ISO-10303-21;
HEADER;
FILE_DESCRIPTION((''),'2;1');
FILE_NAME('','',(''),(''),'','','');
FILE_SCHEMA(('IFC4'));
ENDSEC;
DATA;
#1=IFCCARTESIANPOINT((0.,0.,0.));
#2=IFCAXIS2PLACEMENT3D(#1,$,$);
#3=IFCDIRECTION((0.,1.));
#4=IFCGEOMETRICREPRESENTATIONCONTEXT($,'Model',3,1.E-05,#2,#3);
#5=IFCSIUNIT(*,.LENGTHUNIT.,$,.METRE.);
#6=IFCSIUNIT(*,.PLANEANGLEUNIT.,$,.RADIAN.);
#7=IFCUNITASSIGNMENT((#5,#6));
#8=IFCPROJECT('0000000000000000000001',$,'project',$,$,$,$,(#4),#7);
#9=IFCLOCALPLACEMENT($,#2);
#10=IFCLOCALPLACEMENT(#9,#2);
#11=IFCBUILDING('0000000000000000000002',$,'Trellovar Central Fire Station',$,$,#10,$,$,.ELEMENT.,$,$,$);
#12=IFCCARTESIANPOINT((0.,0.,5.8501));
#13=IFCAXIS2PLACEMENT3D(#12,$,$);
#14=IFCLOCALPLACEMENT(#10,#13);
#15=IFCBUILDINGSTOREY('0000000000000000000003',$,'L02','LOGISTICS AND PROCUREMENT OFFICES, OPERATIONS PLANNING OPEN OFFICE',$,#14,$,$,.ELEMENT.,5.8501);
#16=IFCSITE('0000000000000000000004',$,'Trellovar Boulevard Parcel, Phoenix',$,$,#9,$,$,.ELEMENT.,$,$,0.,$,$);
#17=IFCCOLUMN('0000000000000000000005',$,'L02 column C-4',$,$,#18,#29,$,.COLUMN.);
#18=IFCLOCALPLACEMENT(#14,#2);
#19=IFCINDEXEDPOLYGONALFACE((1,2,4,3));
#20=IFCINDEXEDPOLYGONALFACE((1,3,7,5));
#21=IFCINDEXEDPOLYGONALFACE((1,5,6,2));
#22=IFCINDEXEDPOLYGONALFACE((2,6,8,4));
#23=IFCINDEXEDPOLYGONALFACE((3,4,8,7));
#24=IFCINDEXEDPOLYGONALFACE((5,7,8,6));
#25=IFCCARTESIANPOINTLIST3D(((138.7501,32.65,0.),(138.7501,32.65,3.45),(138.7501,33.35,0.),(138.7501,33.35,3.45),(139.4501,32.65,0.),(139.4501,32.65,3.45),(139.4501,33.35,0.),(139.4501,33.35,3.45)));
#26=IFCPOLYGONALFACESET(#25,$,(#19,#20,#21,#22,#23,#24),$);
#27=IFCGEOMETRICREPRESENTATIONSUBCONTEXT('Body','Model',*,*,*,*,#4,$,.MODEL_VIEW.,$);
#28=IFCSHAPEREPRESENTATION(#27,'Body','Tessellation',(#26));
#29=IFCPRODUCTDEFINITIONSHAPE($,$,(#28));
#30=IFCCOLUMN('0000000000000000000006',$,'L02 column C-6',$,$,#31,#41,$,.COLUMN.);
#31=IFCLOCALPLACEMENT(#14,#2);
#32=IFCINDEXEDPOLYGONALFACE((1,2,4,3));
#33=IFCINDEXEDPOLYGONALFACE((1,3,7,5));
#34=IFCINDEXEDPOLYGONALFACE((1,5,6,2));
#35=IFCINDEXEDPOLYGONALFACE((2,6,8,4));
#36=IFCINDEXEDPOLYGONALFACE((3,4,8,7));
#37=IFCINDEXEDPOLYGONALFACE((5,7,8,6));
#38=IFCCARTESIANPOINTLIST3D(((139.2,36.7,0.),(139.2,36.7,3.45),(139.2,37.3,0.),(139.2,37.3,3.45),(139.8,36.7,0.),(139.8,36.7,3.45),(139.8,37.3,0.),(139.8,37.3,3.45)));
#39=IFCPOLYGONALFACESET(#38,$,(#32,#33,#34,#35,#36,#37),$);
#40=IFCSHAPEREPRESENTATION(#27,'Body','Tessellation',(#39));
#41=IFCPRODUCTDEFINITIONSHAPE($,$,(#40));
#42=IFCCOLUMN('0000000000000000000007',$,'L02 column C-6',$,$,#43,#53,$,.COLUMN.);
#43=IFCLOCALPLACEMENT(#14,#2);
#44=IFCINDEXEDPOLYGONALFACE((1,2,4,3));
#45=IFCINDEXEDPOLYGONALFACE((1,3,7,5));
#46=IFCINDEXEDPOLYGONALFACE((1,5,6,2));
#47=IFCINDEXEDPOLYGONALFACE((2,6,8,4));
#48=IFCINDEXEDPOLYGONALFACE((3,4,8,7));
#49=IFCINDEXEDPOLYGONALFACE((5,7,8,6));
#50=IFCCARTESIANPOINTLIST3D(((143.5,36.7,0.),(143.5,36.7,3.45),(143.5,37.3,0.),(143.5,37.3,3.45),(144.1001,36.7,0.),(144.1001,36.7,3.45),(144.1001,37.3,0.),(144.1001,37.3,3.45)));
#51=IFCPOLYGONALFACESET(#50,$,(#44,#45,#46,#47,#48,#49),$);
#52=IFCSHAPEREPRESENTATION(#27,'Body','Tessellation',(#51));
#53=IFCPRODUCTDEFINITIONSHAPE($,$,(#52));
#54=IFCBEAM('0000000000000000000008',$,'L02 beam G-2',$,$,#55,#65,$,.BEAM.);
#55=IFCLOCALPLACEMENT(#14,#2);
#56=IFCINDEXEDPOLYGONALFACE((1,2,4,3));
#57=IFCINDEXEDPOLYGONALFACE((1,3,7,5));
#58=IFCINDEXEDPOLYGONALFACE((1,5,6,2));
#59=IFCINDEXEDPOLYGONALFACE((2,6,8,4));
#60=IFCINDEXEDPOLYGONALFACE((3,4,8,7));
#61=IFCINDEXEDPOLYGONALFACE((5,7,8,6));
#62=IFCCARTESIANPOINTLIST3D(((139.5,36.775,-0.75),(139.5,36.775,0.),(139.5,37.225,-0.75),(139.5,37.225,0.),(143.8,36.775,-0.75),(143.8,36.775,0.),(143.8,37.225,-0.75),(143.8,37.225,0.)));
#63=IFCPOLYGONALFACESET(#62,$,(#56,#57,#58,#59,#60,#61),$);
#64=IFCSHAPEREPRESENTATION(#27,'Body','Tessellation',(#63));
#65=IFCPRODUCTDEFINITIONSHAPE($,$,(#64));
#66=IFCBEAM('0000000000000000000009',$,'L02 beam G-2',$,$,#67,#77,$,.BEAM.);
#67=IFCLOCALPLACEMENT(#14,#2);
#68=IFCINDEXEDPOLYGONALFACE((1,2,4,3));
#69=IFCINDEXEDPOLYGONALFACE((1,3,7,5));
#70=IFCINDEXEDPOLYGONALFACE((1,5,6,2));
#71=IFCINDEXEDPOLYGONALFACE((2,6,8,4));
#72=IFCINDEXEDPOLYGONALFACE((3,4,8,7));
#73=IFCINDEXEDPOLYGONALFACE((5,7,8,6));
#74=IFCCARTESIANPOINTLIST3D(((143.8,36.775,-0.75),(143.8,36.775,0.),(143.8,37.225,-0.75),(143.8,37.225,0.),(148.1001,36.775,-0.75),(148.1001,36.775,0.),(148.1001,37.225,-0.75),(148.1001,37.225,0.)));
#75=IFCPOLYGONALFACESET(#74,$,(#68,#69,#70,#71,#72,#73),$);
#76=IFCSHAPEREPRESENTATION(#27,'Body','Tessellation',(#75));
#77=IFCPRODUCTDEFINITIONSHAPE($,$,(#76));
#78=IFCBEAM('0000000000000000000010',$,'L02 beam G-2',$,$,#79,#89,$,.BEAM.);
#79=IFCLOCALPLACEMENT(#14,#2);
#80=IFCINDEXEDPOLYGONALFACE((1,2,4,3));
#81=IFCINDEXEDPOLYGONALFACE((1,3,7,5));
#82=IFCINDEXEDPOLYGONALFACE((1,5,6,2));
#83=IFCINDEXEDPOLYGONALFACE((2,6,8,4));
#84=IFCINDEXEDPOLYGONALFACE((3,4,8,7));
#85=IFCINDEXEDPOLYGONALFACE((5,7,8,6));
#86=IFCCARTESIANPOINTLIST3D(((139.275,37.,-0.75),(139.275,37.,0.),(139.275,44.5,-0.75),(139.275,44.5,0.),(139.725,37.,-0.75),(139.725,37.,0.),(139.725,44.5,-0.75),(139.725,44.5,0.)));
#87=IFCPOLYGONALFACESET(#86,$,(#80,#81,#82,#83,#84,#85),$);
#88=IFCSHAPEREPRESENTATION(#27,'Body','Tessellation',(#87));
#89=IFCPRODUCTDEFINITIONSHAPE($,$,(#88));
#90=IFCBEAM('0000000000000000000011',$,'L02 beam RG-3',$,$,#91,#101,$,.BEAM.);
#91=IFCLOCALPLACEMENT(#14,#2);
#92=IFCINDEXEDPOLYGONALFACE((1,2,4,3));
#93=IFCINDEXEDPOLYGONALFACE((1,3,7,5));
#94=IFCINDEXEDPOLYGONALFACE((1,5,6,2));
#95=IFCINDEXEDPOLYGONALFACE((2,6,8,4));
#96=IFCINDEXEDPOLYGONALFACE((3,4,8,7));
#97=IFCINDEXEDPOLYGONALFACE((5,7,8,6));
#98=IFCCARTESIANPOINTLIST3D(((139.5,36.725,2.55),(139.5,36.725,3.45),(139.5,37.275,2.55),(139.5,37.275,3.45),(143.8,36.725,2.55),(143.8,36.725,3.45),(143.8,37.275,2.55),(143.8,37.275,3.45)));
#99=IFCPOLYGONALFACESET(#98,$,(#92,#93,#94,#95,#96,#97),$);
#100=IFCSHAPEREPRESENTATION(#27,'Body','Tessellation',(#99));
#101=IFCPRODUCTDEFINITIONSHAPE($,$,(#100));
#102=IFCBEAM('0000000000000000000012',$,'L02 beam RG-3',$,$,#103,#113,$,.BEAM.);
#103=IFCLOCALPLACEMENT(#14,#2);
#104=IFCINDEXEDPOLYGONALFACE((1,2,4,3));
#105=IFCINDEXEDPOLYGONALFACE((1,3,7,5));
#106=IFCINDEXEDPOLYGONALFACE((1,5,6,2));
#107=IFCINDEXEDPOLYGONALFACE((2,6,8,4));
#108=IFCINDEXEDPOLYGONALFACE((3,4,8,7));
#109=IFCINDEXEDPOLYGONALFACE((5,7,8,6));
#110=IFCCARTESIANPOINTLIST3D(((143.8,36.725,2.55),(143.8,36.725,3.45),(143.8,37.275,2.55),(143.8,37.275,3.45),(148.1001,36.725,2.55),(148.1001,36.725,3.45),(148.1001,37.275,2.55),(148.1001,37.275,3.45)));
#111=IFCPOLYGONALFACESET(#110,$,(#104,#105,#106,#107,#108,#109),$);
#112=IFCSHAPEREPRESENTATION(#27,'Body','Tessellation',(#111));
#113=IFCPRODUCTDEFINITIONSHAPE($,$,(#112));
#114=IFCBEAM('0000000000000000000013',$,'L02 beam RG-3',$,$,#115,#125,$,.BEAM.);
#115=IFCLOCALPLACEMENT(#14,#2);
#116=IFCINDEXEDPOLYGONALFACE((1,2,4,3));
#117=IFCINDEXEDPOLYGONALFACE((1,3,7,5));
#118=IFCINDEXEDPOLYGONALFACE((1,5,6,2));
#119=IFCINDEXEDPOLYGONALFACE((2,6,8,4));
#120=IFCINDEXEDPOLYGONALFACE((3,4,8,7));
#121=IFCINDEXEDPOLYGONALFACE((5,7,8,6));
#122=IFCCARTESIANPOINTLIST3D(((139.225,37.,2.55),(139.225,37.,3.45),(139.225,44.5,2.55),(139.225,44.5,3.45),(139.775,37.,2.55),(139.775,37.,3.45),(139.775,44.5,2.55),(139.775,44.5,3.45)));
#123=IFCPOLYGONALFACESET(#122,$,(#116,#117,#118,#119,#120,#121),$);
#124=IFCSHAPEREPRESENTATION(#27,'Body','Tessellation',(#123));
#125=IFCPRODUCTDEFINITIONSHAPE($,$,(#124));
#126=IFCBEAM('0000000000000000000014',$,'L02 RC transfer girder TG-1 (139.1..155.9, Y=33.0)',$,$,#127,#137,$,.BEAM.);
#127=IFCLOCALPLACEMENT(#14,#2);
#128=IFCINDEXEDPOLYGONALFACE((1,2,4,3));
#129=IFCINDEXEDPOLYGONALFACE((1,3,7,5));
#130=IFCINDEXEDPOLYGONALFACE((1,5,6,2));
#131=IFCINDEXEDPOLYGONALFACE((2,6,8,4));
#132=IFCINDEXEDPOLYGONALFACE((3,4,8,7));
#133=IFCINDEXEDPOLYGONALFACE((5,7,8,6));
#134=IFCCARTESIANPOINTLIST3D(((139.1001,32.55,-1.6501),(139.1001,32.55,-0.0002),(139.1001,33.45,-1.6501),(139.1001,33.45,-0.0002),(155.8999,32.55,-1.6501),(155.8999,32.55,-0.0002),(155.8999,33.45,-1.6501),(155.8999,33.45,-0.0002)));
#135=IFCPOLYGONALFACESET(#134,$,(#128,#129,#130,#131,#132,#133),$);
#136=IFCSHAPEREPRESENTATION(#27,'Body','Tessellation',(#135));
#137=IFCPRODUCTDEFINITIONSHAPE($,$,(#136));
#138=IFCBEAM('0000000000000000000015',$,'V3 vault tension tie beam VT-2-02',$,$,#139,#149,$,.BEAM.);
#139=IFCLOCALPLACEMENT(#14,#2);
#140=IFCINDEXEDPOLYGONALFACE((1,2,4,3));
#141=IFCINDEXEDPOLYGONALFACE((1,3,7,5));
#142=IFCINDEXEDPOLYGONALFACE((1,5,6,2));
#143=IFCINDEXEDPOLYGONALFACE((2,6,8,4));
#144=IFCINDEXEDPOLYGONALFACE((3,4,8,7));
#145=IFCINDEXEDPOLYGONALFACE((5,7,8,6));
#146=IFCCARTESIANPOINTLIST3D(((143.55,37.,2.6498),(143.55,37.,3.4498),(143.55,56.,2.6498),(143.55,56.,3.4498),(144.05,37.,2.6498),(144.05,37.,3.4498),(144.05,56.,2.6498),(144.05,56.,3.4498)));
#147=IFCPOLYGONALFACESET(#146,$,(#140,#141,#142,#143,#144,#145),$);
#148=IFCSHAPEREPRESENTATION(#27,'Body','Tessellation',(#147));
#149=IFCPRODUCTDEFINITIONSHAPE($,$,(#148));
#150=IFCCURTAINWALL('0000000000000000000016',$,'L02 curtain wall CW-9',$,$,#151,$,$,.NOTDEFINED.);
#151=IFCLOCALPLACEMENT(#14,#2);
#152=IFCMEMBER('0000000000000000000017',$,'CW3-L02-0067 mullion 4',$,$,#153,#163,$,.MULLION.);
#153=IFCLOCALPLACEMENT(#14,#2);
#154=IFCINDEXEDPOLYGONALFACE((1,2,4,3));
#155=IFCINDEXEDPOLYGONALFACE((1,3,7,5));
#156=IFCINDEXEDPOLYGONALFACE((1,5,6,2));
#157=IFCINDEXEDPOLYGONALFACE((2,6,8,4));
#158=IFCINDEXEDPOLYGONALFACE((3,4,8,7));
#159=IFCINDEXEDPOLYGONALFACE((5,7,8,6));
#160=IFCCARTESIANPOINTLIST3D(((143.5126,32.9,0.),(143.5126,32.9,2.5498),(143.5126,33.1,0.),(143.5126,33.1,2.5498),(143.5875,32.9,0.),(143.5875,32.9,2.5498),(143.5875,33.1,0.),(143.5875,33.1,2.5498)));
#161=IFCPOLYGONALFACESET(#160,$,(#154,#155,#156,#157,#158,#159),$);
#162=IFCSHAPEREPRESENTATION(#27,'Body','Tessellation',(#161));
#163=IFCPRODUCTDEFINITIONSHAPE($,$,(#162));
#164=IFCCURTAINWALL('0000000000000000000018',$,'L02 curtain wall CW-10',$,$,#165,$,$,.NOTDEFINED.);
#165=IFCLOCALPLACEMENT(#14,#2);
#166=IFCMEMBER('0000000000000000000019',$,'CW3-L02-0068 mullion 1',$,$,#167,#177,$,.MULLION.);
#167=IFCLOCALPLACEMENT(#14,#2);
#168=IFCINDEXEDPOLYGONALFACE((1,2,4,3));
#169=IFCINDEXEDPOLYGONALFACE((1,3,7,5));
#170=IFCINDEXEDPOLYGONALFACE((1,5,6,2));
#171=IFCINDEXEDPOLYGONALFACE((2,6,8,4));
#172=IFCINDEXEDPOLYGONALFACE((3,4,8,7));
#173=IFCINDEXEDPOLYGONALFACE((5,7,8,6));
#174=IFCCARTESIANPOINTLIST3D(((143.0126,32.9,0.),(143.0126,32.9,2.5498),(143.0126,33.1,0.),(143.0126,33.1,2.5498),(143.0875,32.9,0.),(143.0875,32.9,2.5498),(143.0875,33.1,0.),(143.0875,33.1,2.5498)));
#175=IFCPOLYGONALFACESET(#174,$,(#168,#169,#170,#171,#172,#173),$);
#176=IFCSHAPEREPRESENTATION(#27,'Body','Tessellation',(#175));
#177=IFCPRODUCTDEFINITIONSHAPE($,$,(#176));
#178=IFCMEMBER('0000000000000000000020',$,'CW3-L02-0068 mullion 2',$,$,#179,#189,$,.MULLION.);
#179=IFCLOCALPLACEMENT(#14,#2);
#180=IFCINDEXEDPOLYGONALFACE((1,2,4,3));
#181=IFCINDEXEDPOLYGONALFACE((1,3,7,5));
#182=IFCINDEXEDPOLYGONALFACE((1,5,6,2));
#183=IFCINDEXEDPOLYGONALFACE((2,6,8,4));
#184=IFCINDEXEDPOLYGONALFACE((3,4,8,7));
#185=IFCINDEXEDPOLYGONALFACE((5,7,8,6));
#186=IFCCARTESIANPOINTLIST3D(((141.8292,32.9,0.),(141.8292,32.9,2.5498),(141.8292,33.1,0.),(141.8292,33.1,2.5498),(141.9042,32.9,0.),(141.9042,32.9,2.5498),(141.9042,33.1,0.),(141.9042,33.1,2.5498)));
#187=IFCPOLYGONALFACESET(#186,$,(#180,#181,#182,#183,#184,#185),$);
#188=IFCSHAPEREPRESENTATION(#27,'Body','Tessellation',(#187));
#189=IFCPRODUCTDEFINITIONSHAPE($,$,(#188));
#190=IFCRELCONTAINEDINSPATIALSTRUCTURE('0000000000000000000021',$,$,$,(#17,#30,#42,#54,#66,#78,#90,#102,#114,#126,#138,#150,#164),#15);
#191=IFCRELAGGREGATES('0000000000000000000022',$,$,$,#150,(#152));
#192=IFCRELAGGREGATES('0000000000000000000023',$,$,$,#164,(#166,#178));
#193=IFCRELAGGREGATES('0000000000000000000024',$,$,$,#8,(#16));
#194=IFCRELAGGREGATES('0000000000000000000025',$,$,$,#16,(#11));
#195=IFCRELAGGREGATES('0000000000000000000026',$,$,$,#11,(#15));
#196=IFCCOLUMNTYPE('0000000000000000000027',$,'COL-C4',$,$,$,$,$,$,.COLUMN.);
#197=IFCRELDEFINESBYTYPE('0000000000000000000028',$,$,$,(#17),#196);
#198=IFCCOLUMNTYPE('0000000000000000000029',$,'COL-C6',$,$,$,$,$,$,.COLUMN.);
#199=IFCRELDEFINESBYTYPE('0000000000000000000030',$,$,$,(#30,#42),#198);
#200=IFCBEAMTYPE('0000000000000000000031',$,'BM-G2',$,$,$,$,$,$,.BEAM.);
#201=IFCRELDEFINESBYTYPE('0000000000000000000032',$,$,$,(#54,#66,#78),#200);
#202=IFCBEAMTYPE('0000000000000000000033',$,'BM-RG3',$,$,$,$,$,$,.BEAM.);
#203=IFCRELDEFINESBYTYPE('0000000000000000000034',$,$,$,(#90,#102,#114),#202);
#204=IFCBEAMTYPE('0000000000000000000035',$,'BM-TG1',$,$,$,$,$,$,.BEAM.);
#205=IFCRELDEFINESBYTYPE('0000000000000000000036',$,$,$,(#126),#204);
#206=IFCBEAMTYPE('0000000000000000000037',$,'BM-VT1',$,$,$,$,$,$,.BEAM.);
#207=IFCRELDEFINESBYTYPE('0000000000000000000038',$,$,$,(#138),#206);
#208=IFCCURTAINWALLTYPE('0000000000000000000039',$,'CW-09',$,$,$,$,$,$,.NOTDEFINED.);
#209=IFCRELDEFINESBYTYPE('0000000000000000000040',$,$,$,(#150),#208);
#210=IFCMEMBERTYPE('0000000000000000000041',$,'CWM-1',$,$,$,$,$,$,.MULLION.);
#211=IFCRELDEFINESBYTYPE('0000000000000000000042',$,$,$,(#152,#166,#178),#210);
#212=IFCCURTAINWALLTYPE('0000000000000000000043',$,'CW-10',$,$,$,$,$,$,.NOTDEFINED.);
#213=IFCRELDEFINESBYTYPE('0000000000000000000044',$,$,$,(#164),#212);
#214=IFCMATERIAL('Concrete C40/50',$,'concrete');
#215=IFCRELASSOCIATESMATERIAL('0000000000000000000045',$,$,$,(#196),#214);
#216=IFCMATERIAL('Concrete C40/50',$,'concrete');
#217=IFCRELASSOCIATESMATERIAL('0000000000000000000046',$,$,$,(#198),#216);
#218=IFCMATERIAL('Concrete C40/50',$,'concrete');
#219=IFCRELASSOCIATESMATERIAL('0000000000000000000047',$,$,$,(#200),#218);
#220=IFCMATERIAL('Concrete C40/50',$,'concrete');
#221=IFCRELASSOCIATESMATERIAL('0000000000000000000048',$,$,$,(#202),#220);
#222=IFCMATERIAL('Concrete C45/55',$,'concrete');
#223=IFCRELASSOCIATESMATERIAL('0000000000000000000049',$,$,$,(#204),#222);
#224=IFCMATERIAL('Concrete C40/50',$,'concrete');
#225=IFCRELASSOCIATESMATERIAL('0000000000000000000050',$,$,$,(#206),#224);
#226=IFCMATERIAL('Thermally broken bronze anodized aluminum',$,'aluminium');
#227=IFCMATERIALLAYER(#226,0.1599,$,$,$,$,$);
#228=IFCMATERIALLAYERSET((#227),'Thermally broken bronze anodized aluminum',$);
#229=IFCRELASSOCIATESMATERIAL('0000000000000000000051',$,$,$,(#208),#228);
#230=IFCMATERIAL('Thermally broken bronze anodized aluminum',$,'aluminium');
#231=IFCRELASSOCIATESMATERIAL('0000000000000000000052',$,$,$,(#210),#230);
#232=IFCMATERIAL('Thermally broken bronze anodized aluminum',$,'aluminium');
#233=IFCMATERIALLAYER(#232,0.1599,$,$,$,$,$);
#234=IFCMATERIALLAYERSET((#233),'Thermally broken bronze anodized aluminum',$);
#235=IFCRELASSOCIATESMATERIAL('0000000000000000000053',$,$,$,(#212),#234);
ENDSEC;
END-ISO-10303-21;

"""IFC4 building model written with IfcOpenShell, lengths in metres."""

from ifc_helpers import new_model, si_unit, direction, frame, origin, origin_2d, place, context, subcontext, project, spatial, rectangle, extrude, material, layer, layer_set, material_profile, profile_set, type_object, element, aggregate, save


model = new_model("IFC4")

# Units and contexts
model_context = context("Model", 3, precision=1e-05, world=origin(), true_north=direction((0.0, 1.0)))
body_context = subcontext(model_context, "Body", "Model", "MODEL_VIEW")
ifc_project = project(units=[si_unit("LENGTHUNIT", "METRE"), si_unit("PLANEANGLEUNIT", "RADIAN")], contexts=[model_context])

# Site, building, storey
site_placement = place(None, origin())
site = spatial("IfcSite", under=ifc_project, at=site_placement, Name="Trellovar Boulevard Parcel, Phoenix", CompositionType="ELEMENT", RefElevation=0.0)
building_placement = place(site_placement, origin())
building = spatial("IfcBuilding", under=site, at=building_placement, Name="Trellovar Central Fire Station", CompositionType="ELEMENT")
storey_placement = place(building_placement, frame((0.0, 0.0, 5.8501)))
storey = spatial("IfcBuildingStorey", under=building, at=storey_placement, Name="L02", Description="LOGISTICS AND PROCUREMENT OFFICES, OPERATIONS PLANNING OPEN OFFICE", CompositionType="ELEMENT", Elevation=5.8501)

# Columns
ifc_material_1 = material(Name="Concrete C40/50", Category="concrete")
ifc_material_profile_1 = material_profile(ifc_material_1, rectangle(XDim=0.7, YDim=0.7, at=origin_2d()), Name="RC700X700")
ifc_profile_set_1 = profile_set([ifc_material_profile_1], Name="Concrete C40/50")
column_type_1 = type_object("IfcColumnType", Name="COL-C4", PredefinedType="COLUMN", material=ifc_profile_set_1)
column_placement = place(storey_placement, frame((139.1001, 33.0, 0.0), z_axis=(0.0, 0.0, 1.0), x_axis=(1.0, 0.0, 0.0)))
element("IfcColumn", 1, at=column_placement, inside=storey, type_object=column_type_1, Name="L02 column C-4", PredefinedType="COLUMN", context=body_context, shape_type="SweptSolid", body=[
    extrude(rectangle(XDim=0.7, YDim=0.7, at=origin_2d()), origin(), (0.0, 0.0, 1.0), 3.45),
])
ifc_material_2 = material(Name="Concrete C40/50", Category="concrete")
ifc_material_profile_2 = material_profile(ifc_material_2, rectangle(XDim=0.6001, YDim=0.6001, at=origin_2d()), Name="RC600X600")
ifc_profile_set_2 = profile_set([ifc_material_profile_2], Name="Concrete C40/50")
column_type_2 = type_object("IfcColumnType", Name="COL-C6", PredefinedType="COLUMN", material=ifc_profile_set_2)
for number, where, z_axis, x_axis, name in (
    (2, (139.5, 37.0, 0.0), (0.0, 0.0, 1.0), (1.0, 0.0, 0.0), "L02 column C-6"),
    (3, (143.8, 37.0, 0.0), (0.0, 0.0, 1.0), (1.0, 0.0, 0.0), "L02 column C-6"),
):
    element("IfcColumn", number, at=place(storey_placement, frame(where, z_axis=z_axis, x_axis=x_axis)), inside=storey, type_object=column_type_2, Name=name, PredefinedType="COLUMN", context=body_context, shape_type="SweptSolid", body=[
        extrude(rectangle(XDim=0.6001, YDim=0.6001, at=origin_2d()), origin(), (0.0, 0.0, 1.0), 3.45),
    ])

# Beams
ifc_material_3 = material(Name="Concrete C40/50", Category="concrete")
ifc_material_profile_3 = material_profile(ifc_material_3, rectangle(XDim=0.45, YDim=0.75, at=origin_2d()), Name="RC450X750")
ifc_profile_set_3 = profile_set([ifc_material_profile_3], Name="Concrete C40/50")
beam_type_1 = type_object("IfcBeamType", Name="BM-G2", PredefinedType="BEAM", material=ifc_profile_set_3)
for number, where, z_axis, x_axis, name in (
    (4, (139.5, 37.0, -0.375), (1.0, 0.0, 0.0), (0.0, 1.0, 0.0), "L02 beam G-2"),
    (5, (143.8, 37.0, -0.375), (1.0, 0.0, 0.0), (0.0, 1.0, 0.0), "L02 beam G-2"),
):
    element("IfcBeam", number, at=place(storey_placement, frame(where, z_axis=z_axis, x_axis=x_axis)), inside=storey, type_object=beam_type_1, Name=name, PredefinedType="BEAM", context=body_context, shape_type="SweptSolid", body=[
        extrude(rectangle(XDim=0.45, YDim=0.75, at=origin_2d()), origin(), (0.0, 0.0, 1.0), 4.3),
    ])
beam_1_placement = place(storey_placement, frame((139.5, 37.0, -0.375), z_axis=(0.0, 1.0, 0.0), x_axis=(-1.0, 0.0, 0.0)))
element("IfcBeam", 6, at=beam_1_placement, inside=storey, type_object=beam_type_1, Name="L02 beam G-2", PredefinedType="BEAM", context=body_context, shape_type="SweptSolid", body=[
    extrude(rectangle(XDim=0.45, YDim=0.75, at=origin_2d()), origin(), (0.0, 0.0, 1.0), 7.5),
])
ifc_material_4 = material(Name="Concrete C40/50", Category="concrete")
ifc_material_profile_4 = material_profile(ifc_material_4, rectangle(XDim=0.55, YDim=0.8999, at=origin_2d()), Name="RC550X900")
ifc_profile_set_4 = profile_set([ifc_material_profile_4], Name="Concrete C40/50")
beam_type_2 = type_object("IfcBeamType", Name="BM-RG3", PredefinedType="BEAM", material=ifc_profile_set_4)
for number, where, z_axis, x_axis, name in (
    (7, (139.5, 37.0, 3.0), (1.0, 0.0, 0.0), (0.0, 1.0, 0.0), "L02 beam RG-3"),
    (8, (143.8, 37.0, 3.0), (1.0, 0.0, 0.0), (0.0, 1.0, 0.0), "L02 beam RG-3"),
):
    element("IfcBeam", number, at=place(storey_placement, frame(where, z_axis=z_axis, x_axis=x_axis)), inside=storey, type_object=beam_type_2, Name=name, PredefinedType="BEAM", context=body_context, shape_type="SweptSolid", body=[
        extrude(rectangle(XDim=0.55, YDim=0.8999, at=origin_2d()), origin(), (0.0, 0.0, 1.0), 4.3),
    ])
beam_2_placement = place(storey_placement, frame((139.5, 37.0, 3.0), z_axis=(0.0, 1.0, 0.0), x_axis=(-1.0, 0.0, 0.0)))
element("IfcBeam", 9, at=beam_2_placement, inside=storey, type_object=beam_type_2, Name="L02 beam RG-3", PredefinedType="BEAM", context=body_context, shape_type="SweptSolid", body=[
    extrude(rectangle(XDim=0.55, YDim=0.8999, at=origin_2d()), origin(), (0.0, 0.0, 1.0), 7.5),
])
ifc_material_5 = material(Name="Concrete C45/55", Category="concrete")
ifc_material_profile_5 = material_profile(ifc_material_5, rectangle(XDim=0.8999, YDim=1.6499, at=origin_2d()), Name="RC900X1650")
ifc_profile_set_5 = profile_set([ifc_material_profile_5], Name="Concrete C45/55")
beam_type_3 = type_object("IfcBeamType", Name="BM-TG1", PredefinedType="BEAM", material=ifc_profile_set_5)
beam_3_placement = place(storey_placement, frame((139.1001, 33.0, -0.8252), z_axis=(1.0, 0.0, 0.0), x_axis=(0.0, 1.0, 0.0)))
element("IfcBeam", 10, at=beam_3_placement, inside=storey, type_object=beam_type_3, Name="L02 RC transfer girder TG-1 (139.1..155.9, Y=33.0)", PredefinedType="BEAM", context=body_context, shape_type="SweptSolid", body=[
    extrude(rectangle(XDim=0.8999, YDim=1.6499, at=origin_2d()), origin(), (0.0, 0.0, 1.0), 16.7998),
])
ifc_material_6 = material(Name="Concrete C40/50", Category="concrete")
ifc_material_profile_6 = material_profile(ifc_material_6, rectangle(XDim=0.5, YDim=0.8, at=origin_2d()), Name="RC500X800")
ifc_profile_set_6 = profile_set([ifc_material_profile_6], Name="Concrete C40/50")
beam_type_4 = type_object("IfcBeamType", Name="BM-VT1", PredefinedType="BEAM", material=ifc_profile_set_6)
beam_4_placement = place(storey_placement, frame((143.8, 37.0, 3.0498), z_axis=(0.0, 1.0, 0.0), x_axis=(-1.0, 0.0, 0.0)))
element("IfcBeam", 11, at=beam_4_placement, inside=storey, type_object=beam_type_4, Name="V3 vault tension tie beam VT-2-02", PredefinedType="BEAM", context=body_context, shape_type="SweptSolid", body=[
    extrude(rectangle(XDim=0.5, YDim=0.8, at=origin_2d()), origin(), (0.0, 0.0, 1.0), 19.0),
])

# Curtain wall, member
ifc_material_7 = material(Name="Thermally broken bronze anodized aluminum", Category="aluminium")
ifc_layer_1 = layer(ifc_material_7, 0.1599)
ifc_layer_set_1 = layer_set([ifc_layer_1], Name="Thermally broken bronze anodized aluminum")
curtain_wall_type_1 = type_object("IfcCurtainWallType", Name="CW-09", PredefinedType="NOTDEFINED", material=ifc_layer_set_1)
curtain_wall_1_placement = place(storey_placement, origin())
curtain_wall_1 = element("IfcCurtainWall", 12, at=curtain_wall_1_placement, inside=storey, type_object=curtain_wall_type_1, Name="L02 curtain wall CW-9", PredefinedType="NOTDEFINED")
ifc_material_8 = material(Name="Thermally broken bronze anodized aluminum", Category="aluminium")
ifc_material_profile_7 = material_profile(ifc_material_8, rectangle(XDim=0.075, YDim=0.2, at=origin_2d()), Name="ALU75X200")
ifc_profile_set_7 = profile_set([ifc_material_profile_7], Name="Thermally broken bronze anodized aluminum")
member_type_1 = type_object("IfcMemberType", Name="CWM-1", PredefinedType="MULLION", material=ifc_profile_set_7)
member_1_placement = place(storey_placement, frame((143.55, 33.0, 0.0), z_axis=(0.0, 0.0, 1.0), x_axis=(1.0, 0.0, 0.0)))
member_1 = element("IfcMember", 13, at=member_1_placement, type_object=member_type_1, Name="CW3-L02-0067 mullion 4", PredefinedType="MULLION", context=body_context, shape_type="SweptSolid", body=[
    extrude(rectangle(XDim=0.075, YDim=0.2, at=origin_2d()), origin(), (0.0, 0.0, 1.0), 2.5498),
])
aggregate(curtain_wall_1, [member_1])

# Curtain wall, members
ifc_material_9 = material(Name="Thermally broken bronze anodized aluminum", Category="aluminium")
ifc_layer_2 = layer(ifc_material_9, 0.1599)
ifc_layer_set_2 = layer_set([ifc_layer_2], Name="Thermally broken bronze anodized aluminum")
curtain_wall_type_2 = type_object("IfcCurtainWallType", Name="CW-10", PredefinedType="NOTDEFINED", material=ifc_layer_set_2)
curtain_wall_2_placement = place(storey_placement, origin())
curtain_wall_2 = element("IfcCurtainWall", 14, at=curtain_wall_2_placement, inside=storey, type_object=curtain_wall_type_2, Name="L02 curtain wall CW-10", PredefinedType="NOTDEFINED")
member_2_placement = place(storey_placement, frame((143.05, 33.0, 0.0), z_axis=(0.0, 0.0, 1.0), x_axis=(1.0, 0.0, 0.0)))
member_2 = element("IfcMember", 15, at=member_2_placement, type_object=member_type_1, Name="CW3-L02-0068 mullion 1", PredefinedType="MULLION", context=body_context, shape_type="SweptSolid", body=[
    extrude(rectangle(XDim=0.075, YDim=0.2, at=origin_2d()), origin(), (0.0, 0.0, 1.0), 2.5498),
])
member_3_placement = place(storey_placement, frame((141.8667, 33.0, 0.0), z_axis=(0.0, 0.0, 1.0), x_axis=(1.0, 0.0, 0.0)))
member_3 = element("IfcMember", 16, at=member_3_placement, type_object=member_type_1, Name="CW3-L02-0068 mullion 2", PredefinedType="MULLION", context=body_context, shape_type="SweptSolid", body=[
    extrude(rectangle(XDim=0.075, YDim=0.2, at=origin_2d()), origin(), (0.0, 0.0, 1.0), 2.5498),
])

aggregate(curtain_wall_2, [member_2, member_3])

save(model, "model.ifc")
